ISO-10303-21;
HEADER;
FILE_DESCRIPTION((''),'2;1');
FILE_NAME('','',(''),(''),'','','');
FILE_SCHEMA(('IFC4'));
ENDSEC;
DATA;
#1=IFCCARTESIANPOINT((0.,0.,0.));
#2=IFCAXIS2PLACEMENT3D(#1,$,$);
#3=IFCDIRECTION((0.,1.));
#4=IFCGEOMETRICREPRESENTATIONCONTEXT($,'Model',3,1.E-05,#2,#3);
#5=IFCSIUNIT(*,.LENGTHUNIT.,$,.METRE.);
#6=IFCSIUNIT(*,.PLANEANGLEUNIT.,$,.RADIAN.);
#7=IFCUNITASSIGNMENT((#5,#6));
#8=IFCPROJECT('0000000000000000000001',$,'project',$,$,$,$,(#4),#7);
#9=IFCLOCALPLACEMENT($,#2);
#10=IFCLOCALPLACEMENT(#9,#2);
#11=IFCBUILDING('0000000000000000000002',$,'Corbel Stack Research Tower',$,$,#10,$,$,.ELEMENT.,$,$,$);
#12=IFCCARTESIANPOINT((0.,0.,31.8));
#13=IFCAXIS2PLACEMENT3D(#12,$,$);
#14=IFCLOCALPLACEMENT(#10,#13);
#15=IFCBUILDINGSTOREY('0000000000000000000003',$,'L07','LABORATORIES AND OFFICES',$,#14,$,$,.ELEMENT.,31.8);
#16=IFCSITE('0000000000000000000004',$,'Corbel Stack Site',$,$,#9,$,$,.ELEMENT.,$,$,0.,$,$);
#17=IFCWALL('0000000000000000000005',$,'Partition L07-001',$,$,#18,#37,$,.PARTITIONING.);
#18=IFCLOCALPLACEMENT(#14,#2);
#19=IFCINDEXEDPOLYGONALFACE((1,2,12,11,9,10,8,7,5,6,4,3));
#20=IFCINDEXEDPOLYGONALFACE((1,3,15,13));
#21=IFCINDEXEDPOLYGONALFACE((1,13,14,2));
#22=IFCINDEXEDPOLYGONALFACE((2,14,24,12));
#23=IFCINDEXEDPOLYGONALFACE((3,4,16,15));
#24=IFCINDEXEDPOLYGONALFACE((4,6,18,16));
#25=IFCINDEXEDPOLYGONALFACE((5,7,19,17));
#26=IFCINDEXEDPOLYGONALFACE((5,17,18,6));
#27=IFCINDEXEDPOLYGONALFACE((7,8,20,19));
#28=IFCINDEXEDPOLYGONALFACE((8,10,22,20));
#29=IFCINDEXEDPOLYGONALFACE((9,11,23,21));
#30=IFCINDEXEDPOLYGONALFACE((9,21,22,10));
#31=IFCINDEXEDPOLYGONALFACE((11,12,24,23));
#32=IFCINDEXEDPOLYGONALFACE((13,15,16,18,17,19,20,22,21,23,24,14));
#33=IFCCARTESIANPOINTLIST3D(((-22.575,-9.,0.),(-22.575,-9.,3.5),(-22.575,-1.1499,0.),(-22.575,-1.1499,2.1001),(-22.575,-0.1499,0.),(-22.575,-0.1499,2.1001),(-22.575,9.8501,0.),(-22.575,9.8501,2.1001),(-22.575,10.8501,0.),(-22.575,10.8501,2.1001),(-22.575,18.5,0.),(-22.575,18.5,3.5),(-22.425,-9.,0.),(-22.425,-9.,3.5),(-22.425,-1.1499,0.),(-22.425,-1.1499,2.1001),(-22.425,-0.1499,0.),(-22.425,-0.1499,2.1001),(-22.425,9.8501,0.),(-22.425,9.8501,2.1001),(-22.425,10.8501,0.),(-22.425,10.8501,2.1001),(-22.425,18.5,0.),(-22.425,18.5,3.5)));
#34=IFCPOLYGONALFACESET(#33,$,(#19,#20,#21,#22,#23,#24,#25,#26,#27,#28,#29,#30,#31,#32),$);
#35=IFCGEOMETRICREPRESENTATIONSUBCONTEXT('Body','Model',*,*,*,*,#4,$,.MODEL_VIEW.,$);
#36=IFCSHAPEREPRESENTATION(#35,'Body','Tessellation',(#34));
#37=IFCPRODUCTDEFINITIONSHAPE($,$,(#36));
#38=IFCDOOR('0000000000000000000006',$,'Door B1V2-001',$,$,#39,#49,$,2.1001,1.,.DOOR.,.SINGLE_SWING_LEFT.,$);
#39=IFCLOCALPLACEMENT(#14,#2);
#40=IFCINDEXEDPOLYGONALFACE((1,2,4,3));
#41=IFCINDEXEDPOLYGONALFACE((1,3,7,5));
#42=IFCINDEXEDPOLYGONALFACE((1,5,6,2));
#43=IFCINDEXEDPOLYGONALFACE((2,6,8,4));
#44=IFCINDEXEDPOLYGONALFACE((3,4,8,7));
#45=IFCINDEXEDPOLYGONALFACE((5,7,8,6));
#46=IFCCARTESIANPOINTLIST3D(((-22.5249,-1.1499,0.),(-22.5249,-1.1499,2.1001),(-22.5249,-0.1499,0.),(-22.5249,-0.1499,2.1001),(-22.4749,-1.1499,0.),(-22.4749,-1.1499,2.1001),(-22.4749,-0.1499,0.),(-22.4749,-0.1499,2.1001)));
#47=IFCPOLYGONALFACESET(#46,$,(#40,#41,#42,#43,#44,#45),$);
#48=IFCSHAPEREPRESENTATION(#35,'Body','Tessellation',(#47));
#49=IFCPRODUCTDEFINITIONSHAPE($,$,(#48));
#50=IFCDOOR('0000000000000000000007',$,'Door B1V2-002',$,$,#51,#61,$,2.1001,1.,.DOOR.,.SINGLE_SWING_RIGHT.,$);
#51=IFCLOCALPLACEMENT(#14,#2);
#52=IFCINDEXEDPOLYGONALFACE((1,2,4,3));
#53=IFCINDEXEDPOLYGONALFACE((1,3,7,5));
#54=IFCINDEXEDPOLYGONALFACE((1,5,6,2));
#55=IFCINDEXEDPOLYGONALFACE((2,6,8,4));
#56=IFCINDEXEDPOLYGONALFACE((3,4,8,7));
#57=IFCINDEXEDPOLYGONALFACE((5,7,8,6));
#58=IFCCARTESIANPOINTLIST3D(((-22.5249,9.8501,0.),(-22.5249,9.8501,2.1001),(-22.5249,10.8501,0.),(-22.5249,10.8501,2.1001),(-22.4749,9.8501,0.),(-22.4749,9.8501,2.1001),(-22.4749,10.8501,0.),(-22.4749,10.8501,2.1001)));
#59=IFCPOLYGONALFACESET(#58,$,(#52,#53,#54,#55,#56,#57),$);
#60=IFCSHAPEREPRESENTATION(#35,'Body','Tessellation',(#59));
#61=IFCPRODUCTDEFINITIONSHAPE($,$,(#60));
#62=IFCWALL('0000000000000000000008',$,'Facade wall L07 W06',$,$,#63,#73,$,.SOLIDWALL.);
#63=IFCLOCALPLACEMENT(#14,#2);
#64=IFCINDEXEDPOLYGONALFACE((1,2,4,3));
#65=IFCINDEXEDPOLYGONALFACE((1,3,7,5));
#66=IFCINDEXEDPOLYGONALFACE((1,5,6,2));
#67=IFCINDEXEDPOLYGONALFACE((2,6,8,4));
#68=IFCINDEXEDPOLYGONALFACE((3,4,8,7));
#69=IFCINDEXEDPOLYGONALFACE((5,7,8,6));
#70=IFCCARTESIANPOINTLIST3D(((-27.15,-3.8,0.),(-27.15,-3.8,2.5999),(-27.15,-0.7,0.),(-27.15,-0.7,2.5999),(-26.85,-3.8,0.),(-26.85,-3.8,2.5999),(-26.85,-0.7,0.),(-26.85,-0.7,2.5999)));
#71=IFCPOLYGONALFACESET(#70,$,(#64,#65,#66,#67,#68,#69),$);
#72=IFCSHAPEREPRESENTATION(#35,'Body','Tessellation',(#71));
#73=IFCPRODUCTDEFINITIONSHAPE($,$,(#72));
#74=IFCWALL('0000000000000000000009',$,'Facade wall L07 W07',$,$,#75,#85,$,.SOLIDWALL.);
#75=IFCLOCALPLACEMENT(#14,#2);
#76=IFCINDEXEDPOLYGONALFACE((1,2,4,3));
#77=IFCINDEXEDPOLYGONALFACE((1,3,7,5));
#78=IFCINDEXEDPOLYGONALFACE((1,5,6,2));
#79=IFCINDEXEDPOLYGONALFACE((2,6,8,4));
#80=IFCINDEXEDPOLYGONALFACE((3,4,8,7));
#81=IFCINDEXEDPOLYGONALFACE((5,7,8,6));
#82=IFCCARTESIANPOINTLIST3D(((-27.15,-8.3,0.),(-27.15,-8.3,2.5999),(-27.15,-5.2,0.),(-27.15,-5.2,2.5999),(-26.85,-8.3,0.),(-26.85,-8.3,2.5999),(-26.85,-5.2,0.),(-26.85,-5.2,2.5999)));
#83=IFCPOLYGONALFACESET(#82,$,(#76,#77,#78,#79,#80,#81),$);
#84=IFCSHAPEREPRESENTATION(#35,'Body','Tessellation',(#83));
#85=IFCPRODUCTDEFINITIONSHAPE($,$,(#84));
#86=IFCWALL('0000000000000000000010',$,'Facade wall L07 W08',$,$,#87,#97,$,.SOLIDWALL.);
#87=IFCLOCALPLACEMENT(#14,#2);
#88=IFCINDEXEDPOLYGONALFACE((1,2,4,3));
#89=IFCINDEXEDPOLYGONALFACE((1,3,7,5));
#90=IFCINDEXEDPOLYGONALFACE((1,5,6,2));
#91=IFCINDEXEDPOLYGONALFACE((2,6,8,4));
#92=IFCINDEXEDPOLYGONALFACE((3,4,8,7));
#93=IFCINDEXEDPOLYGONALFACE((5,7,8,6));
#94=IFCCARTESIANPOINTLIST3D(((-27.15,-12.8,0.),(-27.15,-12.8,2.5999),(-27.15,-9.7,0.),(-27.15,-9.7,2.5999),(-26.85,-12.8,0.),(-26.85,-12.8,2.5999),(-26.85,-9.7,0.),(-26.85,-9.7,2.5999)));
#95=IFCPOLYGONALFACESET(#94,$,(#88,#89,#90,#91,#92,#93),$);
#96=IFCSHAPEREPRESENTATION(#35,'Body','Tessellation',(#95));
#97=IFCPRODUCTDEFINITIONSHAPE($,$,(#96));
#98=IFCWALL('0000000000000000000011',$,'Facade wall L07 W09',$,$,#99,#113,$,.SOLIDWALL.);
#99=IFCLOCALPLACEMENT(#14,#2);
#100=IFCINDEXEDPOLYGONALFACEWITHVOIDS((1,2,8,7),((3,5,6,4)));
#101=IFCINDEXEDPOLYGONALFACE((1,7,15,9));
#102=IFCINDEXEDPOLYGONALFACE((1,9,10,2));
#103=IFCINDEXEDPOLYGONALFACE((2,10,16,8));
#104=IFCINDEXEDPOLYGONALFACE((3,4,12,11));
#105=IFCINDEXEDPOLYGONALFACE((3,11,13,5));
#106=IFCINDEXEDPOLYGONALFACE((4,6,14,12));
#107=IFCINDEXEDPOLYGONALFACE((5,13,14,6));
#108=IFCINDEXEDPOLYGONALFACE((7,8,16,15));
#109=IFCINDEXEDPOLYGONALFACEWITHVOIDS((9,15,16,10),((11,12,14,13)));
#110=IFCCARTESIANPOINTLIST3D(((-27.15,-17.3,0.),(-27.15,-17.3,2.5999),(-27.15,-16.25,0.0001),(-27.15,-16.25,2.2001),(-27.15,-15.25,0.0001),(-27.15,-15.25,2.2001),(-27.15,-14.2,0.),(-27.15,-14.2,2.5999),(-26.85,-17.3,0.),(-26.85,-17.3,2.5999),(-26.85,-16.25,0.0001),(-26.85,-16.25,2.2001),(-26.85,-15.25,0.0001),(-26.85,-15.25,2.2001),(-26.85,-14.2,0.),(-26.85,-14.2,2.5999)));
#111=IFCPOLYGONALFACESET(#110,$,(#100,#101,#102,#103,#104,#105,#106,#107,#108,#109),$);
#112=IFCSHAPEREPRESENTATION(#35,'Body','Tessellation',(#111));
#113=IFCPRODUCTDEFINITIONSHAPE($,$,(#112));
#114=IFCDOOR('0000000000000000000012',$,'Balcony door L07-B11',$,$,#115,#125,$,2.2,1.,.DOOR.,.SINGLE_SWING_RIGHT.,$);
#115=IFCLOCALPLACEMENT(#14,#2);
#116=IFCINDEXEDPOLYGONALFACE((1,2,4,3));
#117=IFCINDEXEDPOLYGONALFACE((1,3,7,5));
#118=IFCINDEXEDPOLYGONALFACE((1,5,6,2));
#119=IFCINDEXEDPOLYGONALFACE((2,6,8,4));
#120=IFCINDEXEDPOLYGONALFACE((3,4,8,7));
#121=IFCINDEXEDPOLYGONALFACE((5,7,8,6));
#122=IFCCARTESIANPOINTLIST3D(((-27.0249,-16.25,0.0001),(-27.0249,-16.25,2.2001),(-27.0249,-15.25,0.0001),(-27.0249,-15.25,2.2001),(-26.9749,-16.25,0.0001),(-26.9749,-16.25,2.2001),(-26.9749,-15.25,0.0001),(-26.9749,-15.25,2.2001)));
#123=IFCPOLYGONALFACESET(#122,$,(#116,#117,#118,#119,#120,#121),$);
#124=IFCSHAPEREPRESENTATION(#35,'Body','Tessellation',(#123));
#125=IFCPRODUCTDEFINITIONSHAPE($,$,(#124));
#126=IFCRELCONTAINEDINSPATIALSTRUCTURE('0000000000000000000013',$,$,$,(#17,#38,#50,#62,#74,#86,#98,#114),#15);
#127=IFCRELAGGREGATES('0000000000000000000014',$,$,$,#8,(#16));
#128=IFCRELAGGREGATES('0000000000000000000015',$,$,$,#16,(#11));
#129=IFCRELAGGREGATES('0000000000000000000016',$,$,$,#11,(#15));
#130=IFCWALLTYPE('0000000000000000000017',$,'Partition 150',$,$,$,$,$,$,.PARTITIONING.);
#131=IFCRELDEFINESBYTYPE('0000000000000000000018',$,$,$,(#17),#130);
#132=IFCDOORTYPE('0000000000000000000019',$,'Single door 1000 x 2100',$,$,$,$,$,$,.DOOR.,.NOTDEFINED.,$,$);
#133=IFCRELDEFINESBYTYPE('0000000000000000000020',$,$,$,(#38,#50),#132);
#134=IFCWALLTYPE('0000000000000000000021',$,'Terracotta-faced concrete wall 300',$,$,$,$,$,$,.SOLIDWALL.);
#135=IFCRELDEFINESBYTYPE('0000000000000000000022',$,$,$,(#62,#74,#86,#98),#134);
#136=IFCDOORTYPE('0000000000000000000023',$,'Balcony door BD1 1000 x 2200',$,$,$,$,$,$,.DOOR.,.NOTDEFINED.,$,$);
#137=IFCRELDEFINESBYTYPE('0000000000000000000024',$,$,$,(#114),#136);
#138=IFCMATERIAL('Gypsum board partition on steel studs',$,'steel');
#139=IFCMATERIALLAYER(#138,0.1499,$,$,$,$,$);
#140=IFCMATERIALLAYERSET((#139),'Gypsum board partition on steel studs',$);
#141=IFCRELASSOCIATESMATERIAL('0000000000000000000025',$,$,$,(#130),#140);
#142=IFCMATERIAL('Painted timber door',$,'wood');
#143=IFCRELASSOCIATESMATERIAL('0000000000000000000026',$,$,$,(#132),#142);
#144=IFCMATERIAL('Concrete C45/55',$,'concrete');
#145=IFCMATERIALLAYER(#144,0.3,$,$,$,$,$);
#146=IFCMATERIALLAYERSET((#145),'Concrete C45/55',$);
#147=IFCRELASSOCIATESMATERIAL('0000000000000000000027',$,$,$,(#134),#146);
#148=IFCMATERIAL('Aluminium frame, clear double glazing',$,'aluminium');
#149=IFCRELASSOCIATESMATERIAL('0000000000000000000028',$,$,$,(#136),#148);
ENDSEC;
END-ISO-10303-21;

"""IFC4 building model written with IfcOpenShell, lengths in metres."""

from ifc_helpers import new_model, si_unit, direction, frame, frame_2d, origin, place, context, subcontext, project, spatial, rectangle, extrude, material, layer, layer_set, type_object, element, fill, save


model = new_model("IFC4")

# Units and contexts
model_context = context("Model", 3, precision=1e-05, world=origin(), true_north=direction((0.0, 1.0)))
body_context = subcontext(model_context, "Body", "Model", "MODEL_VIEW")
ifc_project = project(units=[si_unit("LENGTHUNIT", "METRE"), si_unit("PLANEANGLEUNIT", "RADIAN")], contexts=[model_context])

# Site, building, storey
site_placement = place(None, origin())
site = spatial("IfcSite", under=ifc_project, at=site_placement, Name="Corbel Stack Site", CompositionType="ELEMENT", RefElevation=0.0)
building_placement = place(site_placement, origin())
building = spatial("IfcBuilding", under=site, at=building_placement, Name="Corbel Stack Research Tower", CompositionType="ELEMENT")
storey_placement = place(building_placement, frame((0.0, 0.0, 31.8)))
storey = spatial("IfcBuildingStorey", under=building, at=storey_placement, Name="L07", Description="LABORATORIES AND OFFICES", CompositionType="ELEMENT", Elevation=31.8)

# Wall, openings, doors
ifc_material_1 = material(Name="Gypsum board partition on steel studs", Category="steel")
ifc_layer_1 = layer(ifc_material_1, 0.1499)
ifc_layer_set_1 = layer_set([ifc_layer_1], Name="Gypsum board partition on steel studs")
wall_type_1 = type_object("IfcWallType", Name="Partition 150", PredefinedType="PARTITIONING", material=ifc_layer_set_1)
wall_1_placement = place(storey_placement, frame((-22.5, -9.0, 0.0), z_axis=(0.0, 0.0, 1.0), x_axis=(0.0, 1.0, 0.0)))
wall_1 = element("IfcWall", 1, at=wall_1_placement, inside=storey, type_object=wall_type_1, Name="Partition L07-001", PredefinedType="PARTITIONING", context=body_context, shape_type="SweptSolid", body=[
    extrude(rectangle(XDim=27.5, YDim=0.1499, at=frame_2d((13.75, 0.0))), origin(), (0.0, 0.0, 1.0), 3.5),
])
opening_1_placement = place(wall_1_placement, frame((7.8501, 0.0, 0.0)))
opening_1 = element("IfcOpeningElement", 2, at=opening_1_placement, cuts=wall_1, PredefinedType="OPENING", context=body_context, shape_type="SweptSolid", body=[
    extrude(rectangle(XDim=1.0, YDim=2.1001, at=frame_2d((0.5, 1.05))), frame((0.0, 0.085, 0.0), z_axis=(0.0, -1.0, 0.0), x_axis=(1.0, 0.0, 0.0)), (0.0, 0.0, 1.0), 0.1699),
])
opening_2_placement = place(wall_1_placement, frame((18.8501, 0.0, 0.0)))
opening_2 = element("IfcOpeningElement", 3, at=opening_2_placement, cuts=wall_1, PredefinedType="OPENING", context=body_context, shape_type="SweptSolid", body=[
    extrude(rectangle(XDim=1.0, YDim=2.1001, at=frame_2d((0.5, 1.05))), frame((0.0, 0.085, 0.0), z_axis=(0.0, -1.0, 0.0), x_axis=(1.0, 0.0, 0.0)), (0.0, 0.0, 1.0), 0.1699),
])
ifc_material_2 = material(Name="Painted timber door", Category="wood")
door_type_1 = type_object("IfcDoorType", Name="Single door 1000 x 2100", OperationType="NOTDEFINED", PredefinedType="DOOR", material=ifc_material_2)
door_1_placement = place(opening_1_placement, origin())
door_1 = element("IfcDoor", 4, at=door_1_placement, inside=storey, type_object=door_type_1, Name="Door B1V2-001", OperationType="SINGLE_SWING_LEFT", OverallHeight=2.1001, OverallWidth=1.0, PredefinedType="DOOR", context=body_context, shape_type="SweptSolid", body=[
    extrude(rectangle(XDim=1.0, YDim=2.1001, at=frame_2d((0.5, 1.05))), frame((0.0, 0.0249, 0.0), z_axis=(0.0, -1.0, 0.0), x_axis=(1.0, 0.0, 0.0)), (0.0, 0.0, 1.0), 0.05),
])
fill(opening_1, door_1)
door_2_placement = place(opening_2_placement, origin())
door_2 = element("IfcDoor", 5, at=door_2_placement, inside=storey, type_object=door_type_1, Name="Door B1V2-002", OperationType="SINGLE_SWING_RIGHT", OverallHeight=2.1001, OverallWidth=1.0, PredefinedType="DOOR", context=body_context, shape_type="SweptSolid", body=[
    extrude(rectangle(XDim=1.0, YDim=2.1001, at=frame_2d((0.5, 1.05))), frame((0.0, 0.0249, 0.0), z_axis=(0.0, -1.0, 0.0), x_axis=(1.0, 0.0, 0.0)), (0.0, 0.0, 1.0), 0.05),
])
fill(opening_2, door_2)

# Walls
ifc_material_3 = material(Name="Concrete C45/55", Category="concrete")
ifc_layer_2 = layer(ifc_material_3, 0.3)
ifc_layer_set_2 = layer_set([ifc_layer_2], Name="Concrete C45/55")
wall_type_2 = type_object("IfcWallType", Name="Terracotta-faced concrete wall 300", PredefinedType="SOLIDWALL", material=ifc_layer_set_2)
for number, where, z_axis, x_axis, name in (
    (6, (-27.0, -3.8, 0.0), (0.0, 0.0, 1.0), (0.0, 1.0, 0.0), "Facade wall L07 W06"),
    (7, (-27.0, -8.3, 0.0), (0.0, 0.0, 1.0), (0.0, 1.0, 0.0), "Facade wall L07 W07"),
    (8, (-27.0, -12.8, 0.0), (0.0, 0.0, 1.0), (0.0, 1.0, 0.0), "Facade wall L07 W08"),
):
    element("IfcWall", number, at=place(storey_placement, frame(where, z_axis=z_axis, x_axis=x_axis)), inside=storey, type_object=wall_type_2, Name=name, PredefinedType="SOLIDWALL", context=body_context, shape_type="SweptSolid", body=[
        extrude(rectangle(XDim=3.1001, YDim=0.3, at=frame_2d((1.55, 0.0))), origin(), (0.0, 0.0, 1.0), 2.5999),
    ])

# Wall, opening, door
wall_2_placement = place(storey_placement, frame((-27.0, -17.3, 0.0), z_axis=(0.0, 0.0, 1.0), x_axis=(0.0, 1.0, 0.0)))
wall_2 = element("IfcWall", 9, at=wall_2_placement, inside=storey, type_object=wall_type_2, Name="Facade wall L07 W09", PredefinedType="SOLIDWALL", context=body_context, shape_type="SweptSolid", body=[
    extrude(rectangle(XDim=3.1001, YDim=0.3, at=frame_2d((1.55, 0.0))), origin(), (0.0, 0.0, 1.0), 2.5999),
])
opening_3_placement = place(wall_2_placement, frame((1.05, 0.0, 0.0)))
opening_3 = element("IfcOpeningElement", 10, at=opening_3_placement, cuts=wall_2, PredefinedType="OPENING", context=body_context, shape_type="SweptSolid", body=[
    extrude(rectangle(XDim=1.0, YDim=2.2, at=frame_2d((0.5, 1.1001))), frame((0.0, 0.1599, 0.0), z_axis=(0.0, -1.0, 0.0), x_axis=(1.0, 0.0, 0.0)), (0.0, 0.0, 1.0), 0.3201),
])
ifc_material_4 = material(Name="Aluminium frame, clear double glazing", Category="aluminium")
door_type_2 = type_object("IfcDoorType", Name="Balcony door BD1 1000 x 2200", OperationType="NOTDEFINED", PredefinedType="DOOR", material=ifc_material_4)
door_3_placement = place(opening_3_placement, origin())
door_3 = element("IfcDoor", 11, at=door_3_placement, inside=storey, type_object=door_type_2, Name="Balcony door L07-B11", OperationType="SINGLE_SWING_RIGHT", OverallHeight=2.2, OverallWidth=1.0, PredefinedType="DOOR", context=body_context, shape_type="SweptSolid", body=[
    extrude(rectangle(XDim=1.0, YDim=2.2, at=frame_2d((0.5, 1.1001))), frame((0.0, 0.0249, 0.0), z_axis=(0.0, -1.0, 0.0), x_axis=(1.0, 0.0, 0.0)), (0.0, 0.0, 1.0), 0.05),
])
fill(opening_3, door_3)

save(model, "model.ifc")
